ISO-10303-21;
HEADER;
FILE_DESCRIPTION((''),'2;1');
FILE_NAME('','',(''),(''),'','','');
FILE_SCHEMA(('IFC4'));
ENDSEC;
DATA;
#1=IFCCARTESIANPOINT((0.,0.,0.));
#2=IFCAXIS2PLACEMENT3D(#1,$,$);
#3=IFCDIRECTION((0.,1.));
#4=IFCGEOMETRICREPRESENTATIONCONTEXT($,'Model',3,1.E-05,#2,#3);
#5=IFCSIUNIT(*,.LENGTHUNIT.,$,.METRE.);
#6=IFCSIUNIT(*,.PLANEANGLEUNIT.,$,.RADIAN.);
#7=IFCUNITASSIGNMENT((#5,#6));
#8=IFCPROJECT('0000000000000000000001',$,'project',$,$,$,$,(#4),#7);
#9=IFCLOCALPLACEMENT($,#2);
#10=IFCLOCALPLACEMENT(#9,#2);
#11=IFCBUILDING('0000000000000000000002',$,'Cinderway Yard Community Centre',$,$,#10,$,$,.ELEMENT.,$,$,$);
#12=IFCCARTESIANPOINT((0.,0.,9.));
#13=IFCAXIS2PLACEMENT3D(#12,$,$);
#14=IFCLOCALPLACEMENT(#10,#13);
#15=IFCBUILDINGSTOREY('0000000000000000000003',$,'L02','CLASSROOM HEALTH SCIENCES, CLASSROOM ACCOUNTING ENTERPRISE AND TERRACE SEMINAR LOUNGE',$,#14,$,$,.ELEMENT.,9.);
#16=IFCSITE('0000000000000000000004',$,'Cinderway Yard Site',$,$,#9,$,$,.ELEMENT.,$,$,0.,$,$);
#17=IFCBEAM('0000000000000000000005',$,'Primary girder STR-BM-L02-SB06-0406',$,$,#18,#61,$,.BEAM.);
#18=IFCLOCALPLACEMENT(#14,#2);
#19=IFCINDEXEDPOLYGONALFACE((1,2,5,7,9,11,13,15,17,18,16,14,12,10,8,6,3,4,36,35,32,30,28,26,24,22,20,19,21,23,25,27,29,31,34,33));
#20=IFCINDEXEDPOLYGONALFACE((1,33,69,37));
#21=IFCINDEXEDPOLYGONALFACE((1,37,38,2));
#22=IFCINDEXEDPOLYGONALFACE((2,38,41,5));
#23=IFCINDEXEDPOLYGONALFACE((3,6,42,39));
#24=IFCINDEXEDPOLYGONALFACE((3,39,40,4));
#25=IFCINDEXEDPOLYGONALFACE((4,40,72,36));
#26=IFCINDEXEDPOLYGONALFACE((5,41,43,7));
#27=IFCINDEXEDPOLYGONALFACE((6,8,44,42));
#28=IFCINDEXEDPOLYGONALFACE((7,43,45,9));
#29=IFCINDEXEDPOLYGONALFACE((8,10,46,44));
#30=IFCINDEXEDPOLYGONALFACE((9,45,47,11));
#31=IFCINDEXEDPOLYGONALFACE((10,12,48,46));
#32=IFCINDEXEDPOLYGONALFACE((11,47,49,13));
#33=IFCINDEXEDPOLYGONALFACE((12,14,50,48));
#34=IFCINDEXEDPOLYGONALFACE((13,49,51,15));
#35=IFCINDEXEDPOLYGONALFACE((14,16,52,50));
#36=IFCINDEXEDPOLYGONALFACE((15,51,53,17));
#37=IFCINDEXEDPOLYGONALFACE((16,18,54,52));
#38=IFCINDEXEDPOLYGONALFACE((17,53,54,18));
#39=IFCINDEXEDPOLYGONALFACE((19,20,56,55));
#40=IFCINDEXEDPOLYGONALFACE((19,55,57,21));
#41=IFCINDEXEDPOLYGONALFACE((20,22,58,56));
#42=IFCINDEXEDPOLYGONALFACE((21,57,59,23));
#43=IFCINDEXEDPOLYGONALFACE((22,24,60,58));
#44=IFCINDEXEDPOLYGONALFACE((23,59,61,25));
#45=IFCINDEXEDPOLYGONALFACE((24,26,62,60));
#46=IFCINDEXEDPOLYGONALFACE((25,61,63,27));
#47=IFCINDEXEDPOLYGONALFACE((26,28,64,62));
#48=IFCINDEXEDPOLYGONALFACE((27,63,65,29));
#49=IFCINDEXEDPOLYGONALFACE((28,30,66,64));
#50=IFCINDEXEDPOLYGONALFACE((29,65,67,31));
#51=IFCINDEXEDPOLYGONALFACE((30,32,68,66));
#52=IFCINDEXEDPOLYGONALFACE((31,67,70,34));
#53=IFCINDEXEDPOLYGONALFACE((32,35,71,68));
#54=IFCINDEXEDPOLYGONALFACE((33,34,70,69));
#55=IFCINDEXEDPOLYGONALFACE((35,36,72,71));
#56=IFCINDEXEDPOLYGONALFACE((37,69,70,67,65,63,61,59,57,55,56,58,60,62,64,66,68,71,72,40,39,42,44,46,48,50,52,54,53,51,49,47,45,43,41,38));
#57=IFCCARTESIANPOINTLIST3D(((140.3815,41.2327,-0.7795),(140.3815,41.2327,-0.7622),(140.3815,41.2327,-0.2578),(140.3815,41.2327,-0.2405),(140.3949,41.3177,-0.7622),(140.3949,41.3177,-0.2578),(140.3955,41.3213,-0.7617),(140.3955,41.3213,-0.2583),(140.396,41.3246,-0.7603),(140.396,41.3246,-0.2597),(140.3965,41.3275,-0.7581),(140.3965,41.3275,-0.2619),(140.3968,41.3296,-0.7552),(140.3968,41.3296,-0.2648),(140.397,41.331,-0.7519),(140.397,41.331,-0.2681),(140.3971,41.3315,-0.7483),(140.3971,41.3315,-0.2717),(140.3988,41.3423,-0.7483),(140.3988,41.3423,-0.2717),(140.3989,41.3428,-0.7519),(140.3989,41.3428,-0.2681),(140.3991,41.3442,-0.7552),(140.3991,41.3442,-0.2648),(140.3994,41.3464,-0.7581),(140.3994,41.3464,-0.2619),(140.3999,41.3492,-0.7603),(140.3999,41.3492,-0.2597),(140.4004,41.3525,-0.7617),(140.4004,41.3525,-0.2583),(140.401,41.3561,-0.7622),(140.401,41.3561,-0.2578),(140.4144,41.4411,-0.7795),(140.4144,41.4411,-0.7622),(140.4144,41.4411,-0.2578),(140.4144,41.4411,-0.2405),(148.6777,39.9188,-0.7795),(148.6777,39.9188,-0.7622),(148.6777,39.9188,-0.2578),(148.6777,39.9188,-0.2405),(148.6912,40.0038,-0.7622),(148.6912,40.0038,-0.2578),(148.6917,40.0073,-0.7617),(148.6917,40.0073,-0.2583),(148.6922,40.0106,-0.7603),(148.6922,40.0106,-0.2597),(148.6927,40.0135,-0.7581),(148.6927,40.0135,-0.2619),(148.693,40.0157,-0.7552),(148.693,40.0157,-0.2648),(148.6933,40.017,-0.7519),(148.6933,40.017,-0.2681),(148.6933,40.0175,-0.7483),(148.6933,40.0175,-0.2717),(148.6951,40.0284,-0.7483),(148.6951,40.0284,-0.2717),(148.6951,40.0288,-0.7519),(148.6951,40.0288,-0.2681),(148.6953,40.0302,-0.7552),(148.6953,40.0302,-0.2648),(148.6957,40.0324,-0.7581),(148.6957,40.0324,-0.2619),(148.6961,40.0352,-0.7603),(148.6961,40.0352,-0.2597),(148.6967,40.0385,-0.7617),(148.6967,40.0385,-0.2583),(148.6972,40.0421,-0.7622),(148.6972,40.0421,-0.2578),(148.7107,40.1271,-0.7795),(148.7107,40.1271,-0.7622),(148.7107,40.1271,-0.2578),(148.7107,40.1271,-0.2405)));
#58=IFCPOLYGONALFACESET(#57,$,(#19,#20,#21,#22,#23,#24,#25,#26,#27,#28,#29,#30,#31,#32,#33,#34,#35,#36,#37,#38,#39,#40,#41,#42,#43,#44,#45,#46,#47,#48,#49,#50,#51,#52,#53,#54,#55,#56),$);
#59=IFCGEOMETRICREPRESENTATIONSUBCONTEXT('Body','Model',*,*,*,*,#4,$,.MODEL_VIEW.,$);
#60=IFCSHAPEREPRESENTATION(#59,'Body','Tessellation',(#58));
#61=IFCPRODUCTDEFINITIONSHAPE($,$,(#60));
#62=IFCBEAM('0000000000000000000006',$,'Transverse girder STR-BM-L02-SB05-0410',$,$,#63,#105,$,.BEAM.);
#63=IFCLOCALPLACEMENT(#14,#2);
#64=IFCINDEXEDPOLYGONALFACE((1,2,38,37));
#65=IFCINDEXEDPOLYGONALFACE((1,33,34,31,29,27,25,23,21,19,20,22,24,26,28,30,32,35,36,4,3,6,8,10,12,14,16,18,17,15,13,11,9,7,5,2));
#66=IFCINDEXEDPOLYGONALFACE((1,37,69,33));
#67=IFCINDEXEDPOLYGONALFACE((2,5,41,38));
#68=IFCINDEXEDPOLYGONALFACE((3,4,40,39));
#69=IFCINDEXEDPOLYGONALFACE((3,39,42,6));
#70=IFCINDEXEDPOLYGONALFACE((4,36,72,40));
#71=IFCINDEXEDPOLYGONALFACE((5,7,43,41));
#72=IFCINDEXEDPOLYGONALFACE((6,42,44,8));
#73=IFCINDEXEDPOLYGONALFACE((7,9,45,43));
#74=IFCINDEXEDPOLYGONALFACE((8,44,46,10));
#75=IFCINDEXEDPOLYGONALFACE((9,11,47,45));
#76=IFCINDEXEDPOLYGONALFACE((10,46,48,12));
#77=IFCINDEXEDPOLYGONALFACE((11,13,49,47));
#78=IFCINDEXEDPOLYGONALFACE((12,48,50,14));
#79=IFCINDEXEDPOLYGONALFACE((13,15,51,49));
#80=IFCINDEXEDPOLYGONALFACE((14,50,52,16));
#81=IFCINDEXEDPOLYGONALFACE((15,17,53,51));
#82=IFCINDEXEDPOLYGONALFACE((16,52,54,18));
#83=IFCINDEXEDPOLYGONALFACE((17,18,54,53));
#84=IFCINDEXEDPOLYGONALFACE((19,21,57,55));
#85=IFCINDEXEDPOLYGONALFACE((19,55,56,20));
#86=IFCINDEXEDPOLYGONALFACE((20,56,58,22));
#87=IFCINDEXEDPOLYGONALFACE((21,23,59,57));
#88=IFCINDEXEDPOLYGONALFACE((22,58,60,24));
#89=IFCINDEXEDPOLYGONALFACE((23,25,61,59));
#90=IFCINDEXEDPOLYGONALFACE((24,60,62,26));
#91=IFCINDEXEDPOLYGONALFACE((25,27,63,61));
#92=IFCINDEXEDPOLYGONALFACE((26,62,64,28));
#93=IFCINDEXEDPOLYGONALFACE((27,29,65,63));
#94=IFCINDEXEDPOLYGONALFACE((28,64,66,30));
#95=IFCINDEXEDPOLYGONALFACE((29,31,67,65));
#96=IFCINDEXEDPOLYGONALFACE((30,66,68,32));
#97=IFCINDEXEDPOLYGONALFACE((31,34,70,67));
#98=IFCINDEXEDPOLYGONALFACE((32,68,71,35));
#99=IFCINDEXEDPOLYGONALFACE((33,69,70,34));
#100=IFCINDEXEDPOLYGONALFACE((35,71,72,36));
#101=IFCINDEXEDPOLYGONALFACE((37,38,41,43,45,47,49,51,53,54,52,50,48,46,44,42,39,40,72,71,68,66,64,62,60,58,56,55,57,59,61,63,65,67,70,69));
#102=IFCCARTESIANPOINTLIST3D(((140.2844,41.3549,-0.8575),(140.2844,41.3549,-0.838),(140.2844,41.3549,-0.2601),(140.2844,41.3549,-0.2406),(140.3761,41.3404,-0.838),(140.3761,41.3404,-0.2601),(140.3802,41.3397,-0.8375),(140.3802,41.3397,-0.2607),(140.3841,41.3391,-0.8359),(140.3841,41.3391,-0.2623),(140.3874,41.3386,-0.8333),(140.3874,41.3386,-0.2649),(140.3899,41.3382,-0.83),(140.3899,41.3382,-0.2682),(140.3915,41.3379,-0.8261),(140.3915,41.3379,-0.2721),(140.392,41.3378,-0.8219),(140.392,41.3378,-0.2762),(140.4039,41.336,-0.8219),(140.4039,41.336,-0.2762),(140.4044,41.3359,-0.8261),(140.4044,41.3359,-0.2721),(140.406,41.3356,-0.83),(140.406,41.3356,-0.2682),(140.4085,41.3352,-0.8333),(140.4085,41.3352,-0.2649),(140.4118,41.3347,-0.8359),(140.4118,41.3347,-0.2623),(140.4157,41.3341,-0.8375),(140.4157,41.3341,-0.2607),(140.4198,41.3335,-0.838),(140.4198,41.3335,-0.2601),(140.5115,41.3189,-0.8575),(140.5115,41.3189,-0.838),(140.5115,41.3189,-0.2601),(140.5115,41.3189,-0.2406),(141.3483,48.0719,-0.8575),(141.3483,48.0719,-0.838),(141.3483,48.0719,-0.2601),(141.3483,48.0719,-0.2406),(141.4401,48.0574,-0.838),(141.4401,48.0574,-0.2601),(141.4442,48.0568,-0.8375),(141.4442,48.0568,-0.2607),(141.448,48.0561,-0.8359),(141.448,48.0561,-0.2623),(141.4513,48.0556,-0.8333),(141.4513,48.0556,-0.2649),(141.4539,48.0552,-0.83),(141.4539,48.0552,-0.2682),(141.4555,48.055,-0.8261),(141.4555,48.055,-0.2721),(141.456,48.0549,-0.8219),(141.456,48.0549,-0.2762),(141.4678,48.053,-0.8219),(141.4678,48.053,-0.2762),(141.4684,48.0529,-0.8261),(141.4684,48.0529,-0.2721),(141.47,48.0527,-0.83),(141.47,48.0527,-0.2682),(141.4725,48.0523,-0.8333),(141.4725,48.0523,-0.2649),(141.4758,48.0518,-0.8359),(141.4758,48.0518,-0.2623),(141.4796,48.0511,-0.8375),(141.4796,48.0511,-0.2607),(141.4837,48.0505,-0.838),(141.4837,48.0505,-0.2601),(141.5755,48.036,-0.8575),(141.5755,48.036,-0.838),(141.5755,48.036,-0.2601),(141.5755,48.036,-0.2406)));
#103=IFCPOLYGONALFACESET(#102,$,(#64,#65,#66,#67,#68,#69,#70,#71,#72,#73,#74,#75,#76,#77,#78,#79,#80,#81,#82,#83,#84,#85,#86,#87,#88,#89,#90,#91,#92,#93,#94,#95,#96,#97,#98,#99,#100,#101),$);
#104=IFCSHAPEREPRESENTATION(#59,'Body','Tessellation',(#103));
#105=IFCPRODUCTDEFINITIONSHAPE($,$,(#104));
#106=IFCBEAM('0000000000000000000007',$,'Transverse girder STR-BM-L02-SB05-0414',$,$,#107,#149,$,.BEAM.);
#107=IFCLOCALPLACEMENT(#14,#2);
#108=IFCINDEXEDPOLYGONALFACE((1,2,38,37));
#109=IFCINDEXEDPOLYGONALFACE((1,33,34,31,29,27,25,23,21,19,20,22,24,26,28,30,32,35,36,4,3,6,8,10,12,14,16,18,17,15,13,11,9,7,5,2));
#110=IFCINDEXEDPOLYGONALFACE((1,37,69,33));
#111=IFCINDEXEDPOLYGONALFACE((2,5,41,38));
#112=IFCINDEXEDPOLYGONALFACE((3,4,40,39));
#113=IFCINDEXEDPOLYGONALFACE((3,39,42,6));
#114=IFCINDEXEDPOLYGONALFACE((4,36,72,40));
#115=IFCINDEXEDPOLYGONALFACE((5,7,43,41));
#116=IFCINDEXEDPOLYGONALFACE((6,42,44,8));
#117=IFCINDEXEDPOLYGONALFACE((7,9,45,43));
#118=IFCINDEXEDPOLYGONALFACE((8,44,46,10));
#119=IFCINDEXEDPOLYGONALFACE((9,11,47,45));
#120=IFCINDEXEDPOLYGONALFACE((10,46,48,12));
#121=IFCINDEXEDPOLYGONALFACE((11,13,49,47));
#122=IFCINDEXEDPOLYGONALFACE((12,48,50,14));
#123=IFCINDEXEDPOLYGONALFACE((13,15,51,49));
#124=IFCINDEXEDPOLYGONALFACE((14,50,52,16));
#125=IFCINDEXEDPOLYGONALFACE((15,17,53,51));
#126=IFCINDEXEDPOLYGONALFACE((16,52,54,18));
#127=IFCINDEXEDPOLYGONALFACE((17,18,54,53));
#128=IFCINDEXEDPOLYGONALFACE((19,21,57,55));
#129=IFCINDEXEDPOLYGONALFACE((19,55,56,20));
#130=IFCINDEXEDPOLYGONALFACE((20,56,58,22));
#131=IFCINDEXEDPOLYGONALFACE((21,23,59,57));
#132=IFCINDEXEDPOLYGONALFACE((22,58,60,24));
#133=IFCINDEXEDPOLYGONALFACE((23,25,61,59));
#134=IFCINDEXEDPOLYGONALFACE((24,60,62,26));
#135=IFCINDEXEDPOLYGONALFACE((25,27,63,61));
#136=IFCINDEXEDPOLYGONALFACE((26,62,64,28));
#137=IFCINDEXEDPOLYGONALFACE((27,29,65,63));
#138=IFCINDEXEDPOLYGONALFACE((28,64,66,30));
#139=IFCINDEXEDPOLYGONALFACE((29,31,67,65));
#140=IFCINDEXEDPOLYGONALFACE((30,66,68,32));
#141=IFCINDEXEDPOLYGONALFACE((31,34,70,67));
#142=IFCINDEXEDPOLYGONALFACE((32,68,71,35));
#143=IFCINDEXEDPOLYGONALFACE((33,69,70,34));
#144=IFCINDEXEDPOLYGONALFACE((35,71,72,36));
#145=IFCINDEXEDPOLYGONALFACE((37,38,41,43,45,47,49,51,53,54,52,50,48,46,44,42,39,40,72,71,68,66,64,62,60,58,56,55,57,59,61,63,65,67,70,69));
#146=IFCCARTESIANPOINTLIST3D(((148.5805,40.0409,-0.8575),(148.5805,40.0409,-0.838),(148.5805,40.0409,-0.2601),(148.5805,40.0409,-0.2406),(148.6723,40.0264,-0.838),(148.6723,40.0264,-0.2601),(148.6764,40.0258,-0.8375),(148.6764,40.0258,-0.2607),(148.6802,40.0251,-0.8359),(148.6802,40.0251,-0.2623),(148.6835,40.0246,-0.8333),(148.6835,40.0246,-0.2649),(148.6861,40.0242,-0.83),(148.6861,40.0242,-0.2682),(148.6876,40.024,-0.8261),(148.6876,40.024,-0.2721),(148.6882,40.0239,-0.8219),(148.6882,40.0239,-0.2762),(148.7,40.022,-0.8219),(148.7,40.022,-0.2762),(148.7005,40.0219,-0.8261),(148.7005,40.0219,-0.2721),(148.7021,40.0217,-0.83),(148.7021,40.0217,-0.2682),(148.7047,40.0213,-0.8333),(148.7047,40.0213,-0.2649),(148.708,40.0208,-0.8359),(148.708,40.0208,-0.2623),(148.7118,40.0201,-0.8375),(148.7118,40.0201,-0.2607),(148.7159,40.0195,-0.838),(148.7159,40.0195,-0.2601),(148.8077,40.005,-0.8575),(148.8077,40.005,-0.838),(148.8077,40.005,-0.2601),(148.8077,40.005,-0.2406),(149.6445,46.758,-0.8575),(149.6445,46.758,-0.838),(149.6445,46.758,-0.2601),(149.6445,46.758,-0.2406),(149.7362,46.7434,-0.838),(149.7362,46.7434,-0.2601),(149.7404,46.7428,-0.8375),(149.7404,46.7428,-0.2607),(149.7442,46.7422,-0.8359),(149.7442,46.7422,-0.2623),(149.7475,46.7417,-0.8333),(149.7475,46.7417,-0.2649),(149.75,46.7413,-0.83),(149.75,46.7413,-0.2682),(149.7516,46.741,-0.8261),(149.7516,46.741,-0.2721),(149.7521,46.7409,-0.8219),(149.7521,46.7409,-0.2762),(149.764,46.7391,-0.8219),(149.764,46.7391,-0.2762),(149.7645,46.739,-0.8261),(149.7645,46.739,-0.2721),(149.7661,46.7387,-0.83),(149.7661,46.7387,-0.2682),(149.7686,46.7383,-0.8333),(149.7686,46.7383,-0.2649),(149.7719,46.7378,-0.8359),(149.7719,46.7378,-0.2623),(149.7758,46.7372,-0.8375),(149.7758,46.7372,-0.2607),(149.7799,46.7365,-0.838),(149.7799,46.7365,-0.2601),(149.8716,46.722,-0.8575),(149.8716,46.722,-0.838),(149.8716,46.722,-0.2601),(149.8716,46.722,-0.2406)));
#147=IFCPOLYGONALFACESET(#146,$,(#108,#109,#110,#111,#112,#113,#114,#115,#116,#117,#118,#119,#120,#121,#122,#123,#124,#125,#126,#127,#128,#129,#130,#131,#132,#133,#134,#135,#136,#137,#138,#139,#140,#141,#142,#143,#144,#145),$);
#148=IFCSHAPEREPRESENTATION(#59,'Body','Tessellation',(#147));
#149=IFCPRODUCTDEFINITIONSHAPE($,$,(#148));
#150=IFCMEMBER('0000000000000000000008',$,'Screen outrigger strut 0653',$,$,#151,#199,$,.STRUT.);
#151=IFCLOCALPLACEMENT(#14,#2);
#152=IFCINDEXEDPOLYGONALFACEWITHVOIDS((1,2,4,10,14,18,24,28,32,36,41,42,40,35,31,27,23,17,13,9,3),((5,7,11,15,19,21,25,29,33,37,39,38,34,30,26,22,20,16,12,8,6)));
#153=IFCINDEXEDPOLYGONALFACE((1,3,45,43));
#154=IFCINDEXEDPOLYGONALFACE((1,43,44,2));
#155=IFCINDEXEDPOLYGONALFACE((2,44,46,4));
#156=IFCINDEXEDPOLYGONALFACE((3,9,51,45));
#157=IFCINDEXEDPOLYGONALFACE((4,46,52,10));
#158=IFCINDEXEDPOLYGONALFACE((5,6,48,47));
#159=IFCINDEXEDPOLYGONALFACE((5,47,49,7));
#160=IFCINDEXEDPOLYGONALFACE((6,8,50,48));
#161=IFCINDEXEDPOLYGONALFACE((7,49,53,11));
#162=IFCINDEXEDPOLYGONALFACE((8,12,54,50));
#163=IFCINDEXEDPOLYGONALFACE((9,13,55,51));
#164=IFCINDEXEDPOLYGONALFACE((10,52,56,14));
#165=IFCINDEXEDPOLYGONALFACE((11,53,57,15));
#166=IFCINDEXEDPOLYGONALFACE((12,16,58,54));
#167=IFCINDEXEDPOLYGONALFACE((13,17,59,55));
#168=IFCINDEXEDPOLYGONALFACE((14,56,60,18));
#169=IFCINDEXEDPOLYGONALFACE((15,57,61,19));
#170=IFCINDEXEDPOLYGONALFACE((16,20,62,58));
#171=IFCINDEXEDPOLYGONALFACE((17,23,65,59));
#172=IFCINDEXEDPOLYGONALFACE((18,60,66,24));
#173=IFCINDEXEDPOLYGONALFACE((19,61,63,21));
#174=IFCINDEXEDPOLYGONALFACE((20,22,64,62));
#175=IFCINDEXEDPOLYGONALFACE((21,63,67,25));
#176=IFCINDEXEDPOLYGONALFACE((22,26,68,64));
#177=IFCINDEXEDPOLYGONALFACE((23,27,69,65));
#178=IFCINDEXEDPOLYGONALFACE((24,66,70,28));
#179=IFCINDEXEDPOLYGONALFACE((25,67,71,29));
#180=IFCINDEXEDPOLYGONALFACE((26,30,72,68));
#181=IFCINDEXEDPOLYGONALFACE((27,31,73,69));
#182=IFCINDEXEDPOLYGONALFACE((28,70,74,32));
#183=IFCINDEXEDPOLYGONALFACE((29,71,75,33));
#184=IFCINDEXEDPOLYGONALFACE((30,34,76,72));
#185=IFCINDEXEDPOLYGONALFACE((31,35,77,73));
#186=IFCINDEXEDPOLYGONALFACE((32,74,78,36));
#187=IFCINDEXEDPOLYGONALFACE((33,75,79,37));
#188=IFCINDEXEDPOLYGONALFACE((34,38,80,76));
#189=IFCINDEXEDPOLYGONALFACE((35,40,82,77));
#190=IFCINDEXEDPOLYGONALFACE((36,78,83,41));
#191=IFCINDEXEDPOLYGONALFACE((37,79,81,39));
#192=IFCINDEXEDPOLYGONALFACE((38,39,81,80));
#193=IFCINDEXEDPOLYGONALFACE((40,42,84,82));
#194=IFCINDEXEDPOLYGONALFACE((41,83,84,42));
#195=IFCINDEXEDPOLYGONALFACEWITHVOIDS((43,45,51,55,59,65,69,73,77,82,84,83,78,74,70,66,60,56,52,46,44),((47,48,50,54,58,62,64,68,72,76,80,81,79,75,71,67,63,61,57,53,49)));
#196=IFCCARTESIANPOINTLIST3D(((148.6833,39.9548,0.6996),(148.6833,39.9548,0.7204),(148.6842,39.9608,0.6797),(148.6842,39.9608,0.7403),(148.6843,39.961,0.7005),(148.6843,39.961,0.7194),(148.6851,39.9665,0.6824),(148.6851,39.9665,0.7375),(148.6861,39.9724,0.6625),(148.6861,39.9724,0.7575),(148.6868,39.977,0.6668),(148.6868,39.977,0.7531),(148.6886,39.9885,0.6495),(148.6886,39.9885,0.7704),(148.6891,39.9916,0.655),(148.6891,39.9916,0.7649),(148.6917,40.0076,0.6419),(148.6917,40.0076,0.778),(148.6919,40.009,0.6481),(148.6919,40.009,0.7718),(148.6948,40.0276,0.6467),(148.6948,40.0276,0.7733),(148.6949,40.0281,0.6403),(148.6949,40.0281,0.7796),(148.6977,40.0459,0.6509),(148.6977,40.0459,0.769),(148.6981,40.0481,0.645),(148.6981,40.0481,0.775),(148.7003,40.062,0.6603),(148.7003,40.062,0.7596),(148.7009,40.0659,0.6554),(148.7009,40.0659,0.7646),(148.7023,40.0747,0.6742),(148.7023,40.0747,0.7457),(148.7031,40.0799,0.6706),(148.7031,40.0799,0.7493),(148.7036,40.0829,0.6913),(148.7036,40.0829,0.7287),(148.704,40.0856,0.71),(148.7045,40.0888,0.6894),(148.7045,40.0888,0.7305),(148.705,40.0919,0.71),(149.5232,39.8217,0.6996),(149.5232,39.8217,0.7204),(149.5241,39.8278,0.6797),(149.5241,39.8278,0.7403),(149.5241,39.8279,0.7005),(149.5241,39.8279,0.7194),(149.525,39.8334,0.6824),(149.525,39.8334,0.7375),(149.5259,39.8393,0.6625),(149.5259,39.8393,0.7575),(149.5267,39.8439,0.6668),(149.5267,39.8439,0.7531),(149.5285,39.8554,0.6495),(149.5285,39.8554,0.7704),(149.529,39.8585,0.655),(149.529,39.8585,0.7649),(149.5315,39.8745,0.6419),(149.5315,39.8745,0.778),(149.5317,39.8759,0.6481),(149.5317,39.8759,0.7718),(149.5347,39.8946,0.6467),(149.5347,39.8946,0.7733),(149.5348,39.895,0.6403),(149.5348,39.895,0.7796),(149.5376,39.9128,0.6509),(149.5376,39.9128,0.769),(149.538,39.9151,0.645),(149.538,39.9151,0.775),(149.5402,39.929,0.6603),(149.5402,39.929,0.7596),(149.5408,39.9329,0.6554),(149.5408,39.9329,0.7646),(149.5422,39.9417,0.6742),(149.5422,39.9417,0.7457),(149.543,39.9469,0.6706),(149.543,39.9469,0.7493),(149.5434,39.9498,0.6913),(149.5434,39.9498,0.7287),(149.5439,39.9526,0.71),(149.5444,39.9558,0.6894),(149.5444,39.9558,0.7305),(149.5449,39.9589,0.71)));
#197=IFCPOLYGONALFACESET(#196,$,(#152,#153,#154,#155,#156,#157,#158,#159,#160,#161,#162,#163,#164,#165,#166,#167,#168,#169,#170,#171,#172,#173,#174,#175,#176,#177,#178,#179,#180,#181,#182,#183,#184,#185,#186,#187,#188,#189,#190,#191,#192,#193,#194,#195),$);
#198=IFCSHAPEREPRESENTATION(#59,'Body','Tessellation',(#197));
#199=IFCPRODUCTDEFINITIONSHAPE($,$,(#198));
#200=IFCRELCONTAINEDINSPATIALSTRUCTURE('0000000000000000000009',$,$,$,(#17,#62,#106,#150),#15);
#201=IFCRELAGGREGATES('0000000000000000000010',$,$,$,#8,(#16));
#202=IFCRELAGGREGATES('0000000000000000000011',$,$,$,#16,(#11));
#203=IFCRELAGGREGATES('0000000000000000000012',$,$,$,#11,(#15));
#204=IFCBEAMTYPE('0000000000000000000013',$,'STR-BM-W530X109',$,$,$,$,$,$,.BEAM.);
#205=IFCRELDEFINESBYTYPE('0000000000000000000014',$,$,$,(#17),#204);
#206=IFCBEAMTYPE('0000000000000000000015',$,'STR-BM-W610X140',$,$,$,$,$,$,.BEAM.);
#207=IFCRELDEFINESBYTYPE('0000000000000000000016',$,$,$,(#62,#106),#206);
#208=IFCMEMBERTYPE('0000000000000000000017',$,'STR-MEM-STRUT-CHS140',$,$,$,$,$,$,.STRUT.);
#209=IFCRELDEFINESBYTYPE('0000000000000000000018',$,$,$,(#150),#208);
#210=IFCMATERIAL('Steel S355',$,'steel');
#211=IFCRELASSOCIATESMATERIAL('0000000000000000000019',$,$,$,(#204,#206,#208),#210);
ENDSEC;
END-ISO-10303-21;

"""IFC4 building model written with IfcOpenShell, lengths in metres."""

from ifc_helpers import new_model, si_unit, direction, frame, origin, origin_2d, place, context, subcontext, project, spatial, hollow_circle, i_section, extrude, material, material_profile, profile_set, type_object, element, save


model = new_model("IFC4")

# Units and contexts
model_context = context("Model", 3, precision=1e-05, world=origin(), true_north=direction((0.0, 1.0)))
body_context = subcontext(model_context, "Body", "Model", "MODEL_VIEW")
ifc_project = project(units=[si_unit("LENGTHUNIT", "METRE"), si_unit("PLANEANGLEUNIT", "RADIAN")], contexts=[model_context])

# Site, building, storey
site_placement = place(None, origin())
site = spatial("IfcSite", under=ifc_project, at=site_placement, Name="Cinderway Yard Site", CompositionType="ELEMENT", RefElevation=0.0)
building_placement = place(site_placement, origin())
building = spatial("IfcBuilding", under=site, at=building_placement, Name="Cinderway Yard Community Centre", CompositionType="ELEMENT")
storey_placement = place(building_placement, frame((0.0, 0.0, 9.0)))
storey = spatial("IfcBuildingStorey", under=building, at=storey_placement, Name="L02", Description="CLASSROOM HEALTH SCIENCES, CLASSROOM ACCOUNTING ENTERPRISE AND TERRACE SEMINAR LOUNGE", CompositionType="ELEMENT", Elevation=9.0)

# Shared definitions
ifc_material_1 = material(Name="Steel S355", Category="steel")

# Beams
ifc_material_profile_1 = material_profile(ifc_material_1, i_section(OverallWidth=0.2109, OverallDepth=0.5391, WebThickness=0.011, FlangeThickness=0.0173, FilletRadius=0.0139, at=origin_2d()), Name="Steel S355")
ifc_profile_set_1 = profile_set([ifc_material_profile_1], Name="Steel S355")
beam_type_1 = type_object("IfcBeamType", Name="STR-BM-W530X109", PredefinedType="BEAM", material=ifc_profile_set_1)
beam_1_placement = place(storey_placement, frame((140.3979, 41.3369, -0.51), z_axis=(0.987689, -0.156433, 0.0), x_axis=(0.156433, 0.987689, 0.0)))
element("IfcBeam", 1, at=beam_1_placement, inside=storey, type_object=beam_type_1, Name="Primary girder STR-BM-L02-SB06-0406", PredefinedType="BEAM", context=body_context, shape_type="SweptSolid", body=[
    extrude(i_section(OverallWidth=0.2109, OverallDepth=0.5391, WebThickness=0.011, FlangeThickness=0.0173, FilletRadius=0.0139, at=origin_2d()), origin(), (0.0, 0.0, 1.0), 8.3997),
])
ifc_material_profile_2 = material_profile(ifc_material_1, i_section(OverallWidth=0.23, OverallDepth=0.6169, WebThickness=0.012, FlangeThickness=0.0195, FilletRadius=0.0161, at=origin_2d()), Name="Steel S355")
ifc_profile_set_2 = profile_set([ifc_material_profile_2], Name="Steel S355")
beam_type_2 = type_object("IfcBeamType", Name="STR-BM-W610X140", PredefinedType="BEAM", material=ifc_profile_set_2)
for number, where, z_axis, x_axis, name in (
    (2, (140.3979, 41.3369, -0.5491), (0.156447, 0.987686, 0.0), (-0.987686, 0.156447, 0.0), "Transverse girder STR-BM-L02-SB05-0410"),
    (3, (148.6941, 40.0229, -0.5491), (0.156447, 0.987686, 0.0), (-0.987686, 0.156447, 0.0), "Transverse girder STR-BM-L02-SB05-0414"),
):
    element("IfcBeam", number, at=place(storey_placement, frame(where, z_axis=z_axis, x_axis=x_axis)), inside=storey, type_object=beam_type_2, Name=name, PredefinedType="BEAM", context=body_context, shape_type="SweptSolid", body=[
        extrude(i_section(OverallWidth=0.23, OverallDepth=0.6169, WebThickness=0.012, FlangeThickness=0.0195, FilletRadius=0.0161, at=origin_2d()), origin(), (0.0, 0.0, 1.0), 6.8008),
    ])

# Member
ifc_material_profile_3 = material_profile(ifc_material_1, hollow_circle(Radius=0.0698, WallThickness=0.0063, at=origin_2d()), Name="Steel S355")
ifc_profile_set_3 = profile_set([ifc_material_profile_3], Name="Steel S355")
member_type_1 = type_object("IfcMemberType", Name="STR-MEM-STRUT-CHS140", PredefinedType="STRUT", material=ifc_profile_set_3)
for number, where, z_axis, x_axis, name in (
    (4, (148.6941, 40.0229, 0.71), (0.987681, -0.156479, 0.0), (0.156479, 0.987681, 0.0), "Screen outrigger strut 0653"),
):
    element("IfcMember", number, at=place(storey_placement, frame(where, z_axis=z_axis, x_axis=x_axis)), inside=storey, type_object=member_type_1, Name=name, PredefinedType="STRUT", context=body_context, shape_type="SweptSolid", body=[
        extrude(hollow_circle(Radius=0.0698, WallThickness=0.0063, at=origin_2d()), origin(), (0.0, 0.0, 1.0), 0.8503),
    ])

save(model, "model.ifc")
